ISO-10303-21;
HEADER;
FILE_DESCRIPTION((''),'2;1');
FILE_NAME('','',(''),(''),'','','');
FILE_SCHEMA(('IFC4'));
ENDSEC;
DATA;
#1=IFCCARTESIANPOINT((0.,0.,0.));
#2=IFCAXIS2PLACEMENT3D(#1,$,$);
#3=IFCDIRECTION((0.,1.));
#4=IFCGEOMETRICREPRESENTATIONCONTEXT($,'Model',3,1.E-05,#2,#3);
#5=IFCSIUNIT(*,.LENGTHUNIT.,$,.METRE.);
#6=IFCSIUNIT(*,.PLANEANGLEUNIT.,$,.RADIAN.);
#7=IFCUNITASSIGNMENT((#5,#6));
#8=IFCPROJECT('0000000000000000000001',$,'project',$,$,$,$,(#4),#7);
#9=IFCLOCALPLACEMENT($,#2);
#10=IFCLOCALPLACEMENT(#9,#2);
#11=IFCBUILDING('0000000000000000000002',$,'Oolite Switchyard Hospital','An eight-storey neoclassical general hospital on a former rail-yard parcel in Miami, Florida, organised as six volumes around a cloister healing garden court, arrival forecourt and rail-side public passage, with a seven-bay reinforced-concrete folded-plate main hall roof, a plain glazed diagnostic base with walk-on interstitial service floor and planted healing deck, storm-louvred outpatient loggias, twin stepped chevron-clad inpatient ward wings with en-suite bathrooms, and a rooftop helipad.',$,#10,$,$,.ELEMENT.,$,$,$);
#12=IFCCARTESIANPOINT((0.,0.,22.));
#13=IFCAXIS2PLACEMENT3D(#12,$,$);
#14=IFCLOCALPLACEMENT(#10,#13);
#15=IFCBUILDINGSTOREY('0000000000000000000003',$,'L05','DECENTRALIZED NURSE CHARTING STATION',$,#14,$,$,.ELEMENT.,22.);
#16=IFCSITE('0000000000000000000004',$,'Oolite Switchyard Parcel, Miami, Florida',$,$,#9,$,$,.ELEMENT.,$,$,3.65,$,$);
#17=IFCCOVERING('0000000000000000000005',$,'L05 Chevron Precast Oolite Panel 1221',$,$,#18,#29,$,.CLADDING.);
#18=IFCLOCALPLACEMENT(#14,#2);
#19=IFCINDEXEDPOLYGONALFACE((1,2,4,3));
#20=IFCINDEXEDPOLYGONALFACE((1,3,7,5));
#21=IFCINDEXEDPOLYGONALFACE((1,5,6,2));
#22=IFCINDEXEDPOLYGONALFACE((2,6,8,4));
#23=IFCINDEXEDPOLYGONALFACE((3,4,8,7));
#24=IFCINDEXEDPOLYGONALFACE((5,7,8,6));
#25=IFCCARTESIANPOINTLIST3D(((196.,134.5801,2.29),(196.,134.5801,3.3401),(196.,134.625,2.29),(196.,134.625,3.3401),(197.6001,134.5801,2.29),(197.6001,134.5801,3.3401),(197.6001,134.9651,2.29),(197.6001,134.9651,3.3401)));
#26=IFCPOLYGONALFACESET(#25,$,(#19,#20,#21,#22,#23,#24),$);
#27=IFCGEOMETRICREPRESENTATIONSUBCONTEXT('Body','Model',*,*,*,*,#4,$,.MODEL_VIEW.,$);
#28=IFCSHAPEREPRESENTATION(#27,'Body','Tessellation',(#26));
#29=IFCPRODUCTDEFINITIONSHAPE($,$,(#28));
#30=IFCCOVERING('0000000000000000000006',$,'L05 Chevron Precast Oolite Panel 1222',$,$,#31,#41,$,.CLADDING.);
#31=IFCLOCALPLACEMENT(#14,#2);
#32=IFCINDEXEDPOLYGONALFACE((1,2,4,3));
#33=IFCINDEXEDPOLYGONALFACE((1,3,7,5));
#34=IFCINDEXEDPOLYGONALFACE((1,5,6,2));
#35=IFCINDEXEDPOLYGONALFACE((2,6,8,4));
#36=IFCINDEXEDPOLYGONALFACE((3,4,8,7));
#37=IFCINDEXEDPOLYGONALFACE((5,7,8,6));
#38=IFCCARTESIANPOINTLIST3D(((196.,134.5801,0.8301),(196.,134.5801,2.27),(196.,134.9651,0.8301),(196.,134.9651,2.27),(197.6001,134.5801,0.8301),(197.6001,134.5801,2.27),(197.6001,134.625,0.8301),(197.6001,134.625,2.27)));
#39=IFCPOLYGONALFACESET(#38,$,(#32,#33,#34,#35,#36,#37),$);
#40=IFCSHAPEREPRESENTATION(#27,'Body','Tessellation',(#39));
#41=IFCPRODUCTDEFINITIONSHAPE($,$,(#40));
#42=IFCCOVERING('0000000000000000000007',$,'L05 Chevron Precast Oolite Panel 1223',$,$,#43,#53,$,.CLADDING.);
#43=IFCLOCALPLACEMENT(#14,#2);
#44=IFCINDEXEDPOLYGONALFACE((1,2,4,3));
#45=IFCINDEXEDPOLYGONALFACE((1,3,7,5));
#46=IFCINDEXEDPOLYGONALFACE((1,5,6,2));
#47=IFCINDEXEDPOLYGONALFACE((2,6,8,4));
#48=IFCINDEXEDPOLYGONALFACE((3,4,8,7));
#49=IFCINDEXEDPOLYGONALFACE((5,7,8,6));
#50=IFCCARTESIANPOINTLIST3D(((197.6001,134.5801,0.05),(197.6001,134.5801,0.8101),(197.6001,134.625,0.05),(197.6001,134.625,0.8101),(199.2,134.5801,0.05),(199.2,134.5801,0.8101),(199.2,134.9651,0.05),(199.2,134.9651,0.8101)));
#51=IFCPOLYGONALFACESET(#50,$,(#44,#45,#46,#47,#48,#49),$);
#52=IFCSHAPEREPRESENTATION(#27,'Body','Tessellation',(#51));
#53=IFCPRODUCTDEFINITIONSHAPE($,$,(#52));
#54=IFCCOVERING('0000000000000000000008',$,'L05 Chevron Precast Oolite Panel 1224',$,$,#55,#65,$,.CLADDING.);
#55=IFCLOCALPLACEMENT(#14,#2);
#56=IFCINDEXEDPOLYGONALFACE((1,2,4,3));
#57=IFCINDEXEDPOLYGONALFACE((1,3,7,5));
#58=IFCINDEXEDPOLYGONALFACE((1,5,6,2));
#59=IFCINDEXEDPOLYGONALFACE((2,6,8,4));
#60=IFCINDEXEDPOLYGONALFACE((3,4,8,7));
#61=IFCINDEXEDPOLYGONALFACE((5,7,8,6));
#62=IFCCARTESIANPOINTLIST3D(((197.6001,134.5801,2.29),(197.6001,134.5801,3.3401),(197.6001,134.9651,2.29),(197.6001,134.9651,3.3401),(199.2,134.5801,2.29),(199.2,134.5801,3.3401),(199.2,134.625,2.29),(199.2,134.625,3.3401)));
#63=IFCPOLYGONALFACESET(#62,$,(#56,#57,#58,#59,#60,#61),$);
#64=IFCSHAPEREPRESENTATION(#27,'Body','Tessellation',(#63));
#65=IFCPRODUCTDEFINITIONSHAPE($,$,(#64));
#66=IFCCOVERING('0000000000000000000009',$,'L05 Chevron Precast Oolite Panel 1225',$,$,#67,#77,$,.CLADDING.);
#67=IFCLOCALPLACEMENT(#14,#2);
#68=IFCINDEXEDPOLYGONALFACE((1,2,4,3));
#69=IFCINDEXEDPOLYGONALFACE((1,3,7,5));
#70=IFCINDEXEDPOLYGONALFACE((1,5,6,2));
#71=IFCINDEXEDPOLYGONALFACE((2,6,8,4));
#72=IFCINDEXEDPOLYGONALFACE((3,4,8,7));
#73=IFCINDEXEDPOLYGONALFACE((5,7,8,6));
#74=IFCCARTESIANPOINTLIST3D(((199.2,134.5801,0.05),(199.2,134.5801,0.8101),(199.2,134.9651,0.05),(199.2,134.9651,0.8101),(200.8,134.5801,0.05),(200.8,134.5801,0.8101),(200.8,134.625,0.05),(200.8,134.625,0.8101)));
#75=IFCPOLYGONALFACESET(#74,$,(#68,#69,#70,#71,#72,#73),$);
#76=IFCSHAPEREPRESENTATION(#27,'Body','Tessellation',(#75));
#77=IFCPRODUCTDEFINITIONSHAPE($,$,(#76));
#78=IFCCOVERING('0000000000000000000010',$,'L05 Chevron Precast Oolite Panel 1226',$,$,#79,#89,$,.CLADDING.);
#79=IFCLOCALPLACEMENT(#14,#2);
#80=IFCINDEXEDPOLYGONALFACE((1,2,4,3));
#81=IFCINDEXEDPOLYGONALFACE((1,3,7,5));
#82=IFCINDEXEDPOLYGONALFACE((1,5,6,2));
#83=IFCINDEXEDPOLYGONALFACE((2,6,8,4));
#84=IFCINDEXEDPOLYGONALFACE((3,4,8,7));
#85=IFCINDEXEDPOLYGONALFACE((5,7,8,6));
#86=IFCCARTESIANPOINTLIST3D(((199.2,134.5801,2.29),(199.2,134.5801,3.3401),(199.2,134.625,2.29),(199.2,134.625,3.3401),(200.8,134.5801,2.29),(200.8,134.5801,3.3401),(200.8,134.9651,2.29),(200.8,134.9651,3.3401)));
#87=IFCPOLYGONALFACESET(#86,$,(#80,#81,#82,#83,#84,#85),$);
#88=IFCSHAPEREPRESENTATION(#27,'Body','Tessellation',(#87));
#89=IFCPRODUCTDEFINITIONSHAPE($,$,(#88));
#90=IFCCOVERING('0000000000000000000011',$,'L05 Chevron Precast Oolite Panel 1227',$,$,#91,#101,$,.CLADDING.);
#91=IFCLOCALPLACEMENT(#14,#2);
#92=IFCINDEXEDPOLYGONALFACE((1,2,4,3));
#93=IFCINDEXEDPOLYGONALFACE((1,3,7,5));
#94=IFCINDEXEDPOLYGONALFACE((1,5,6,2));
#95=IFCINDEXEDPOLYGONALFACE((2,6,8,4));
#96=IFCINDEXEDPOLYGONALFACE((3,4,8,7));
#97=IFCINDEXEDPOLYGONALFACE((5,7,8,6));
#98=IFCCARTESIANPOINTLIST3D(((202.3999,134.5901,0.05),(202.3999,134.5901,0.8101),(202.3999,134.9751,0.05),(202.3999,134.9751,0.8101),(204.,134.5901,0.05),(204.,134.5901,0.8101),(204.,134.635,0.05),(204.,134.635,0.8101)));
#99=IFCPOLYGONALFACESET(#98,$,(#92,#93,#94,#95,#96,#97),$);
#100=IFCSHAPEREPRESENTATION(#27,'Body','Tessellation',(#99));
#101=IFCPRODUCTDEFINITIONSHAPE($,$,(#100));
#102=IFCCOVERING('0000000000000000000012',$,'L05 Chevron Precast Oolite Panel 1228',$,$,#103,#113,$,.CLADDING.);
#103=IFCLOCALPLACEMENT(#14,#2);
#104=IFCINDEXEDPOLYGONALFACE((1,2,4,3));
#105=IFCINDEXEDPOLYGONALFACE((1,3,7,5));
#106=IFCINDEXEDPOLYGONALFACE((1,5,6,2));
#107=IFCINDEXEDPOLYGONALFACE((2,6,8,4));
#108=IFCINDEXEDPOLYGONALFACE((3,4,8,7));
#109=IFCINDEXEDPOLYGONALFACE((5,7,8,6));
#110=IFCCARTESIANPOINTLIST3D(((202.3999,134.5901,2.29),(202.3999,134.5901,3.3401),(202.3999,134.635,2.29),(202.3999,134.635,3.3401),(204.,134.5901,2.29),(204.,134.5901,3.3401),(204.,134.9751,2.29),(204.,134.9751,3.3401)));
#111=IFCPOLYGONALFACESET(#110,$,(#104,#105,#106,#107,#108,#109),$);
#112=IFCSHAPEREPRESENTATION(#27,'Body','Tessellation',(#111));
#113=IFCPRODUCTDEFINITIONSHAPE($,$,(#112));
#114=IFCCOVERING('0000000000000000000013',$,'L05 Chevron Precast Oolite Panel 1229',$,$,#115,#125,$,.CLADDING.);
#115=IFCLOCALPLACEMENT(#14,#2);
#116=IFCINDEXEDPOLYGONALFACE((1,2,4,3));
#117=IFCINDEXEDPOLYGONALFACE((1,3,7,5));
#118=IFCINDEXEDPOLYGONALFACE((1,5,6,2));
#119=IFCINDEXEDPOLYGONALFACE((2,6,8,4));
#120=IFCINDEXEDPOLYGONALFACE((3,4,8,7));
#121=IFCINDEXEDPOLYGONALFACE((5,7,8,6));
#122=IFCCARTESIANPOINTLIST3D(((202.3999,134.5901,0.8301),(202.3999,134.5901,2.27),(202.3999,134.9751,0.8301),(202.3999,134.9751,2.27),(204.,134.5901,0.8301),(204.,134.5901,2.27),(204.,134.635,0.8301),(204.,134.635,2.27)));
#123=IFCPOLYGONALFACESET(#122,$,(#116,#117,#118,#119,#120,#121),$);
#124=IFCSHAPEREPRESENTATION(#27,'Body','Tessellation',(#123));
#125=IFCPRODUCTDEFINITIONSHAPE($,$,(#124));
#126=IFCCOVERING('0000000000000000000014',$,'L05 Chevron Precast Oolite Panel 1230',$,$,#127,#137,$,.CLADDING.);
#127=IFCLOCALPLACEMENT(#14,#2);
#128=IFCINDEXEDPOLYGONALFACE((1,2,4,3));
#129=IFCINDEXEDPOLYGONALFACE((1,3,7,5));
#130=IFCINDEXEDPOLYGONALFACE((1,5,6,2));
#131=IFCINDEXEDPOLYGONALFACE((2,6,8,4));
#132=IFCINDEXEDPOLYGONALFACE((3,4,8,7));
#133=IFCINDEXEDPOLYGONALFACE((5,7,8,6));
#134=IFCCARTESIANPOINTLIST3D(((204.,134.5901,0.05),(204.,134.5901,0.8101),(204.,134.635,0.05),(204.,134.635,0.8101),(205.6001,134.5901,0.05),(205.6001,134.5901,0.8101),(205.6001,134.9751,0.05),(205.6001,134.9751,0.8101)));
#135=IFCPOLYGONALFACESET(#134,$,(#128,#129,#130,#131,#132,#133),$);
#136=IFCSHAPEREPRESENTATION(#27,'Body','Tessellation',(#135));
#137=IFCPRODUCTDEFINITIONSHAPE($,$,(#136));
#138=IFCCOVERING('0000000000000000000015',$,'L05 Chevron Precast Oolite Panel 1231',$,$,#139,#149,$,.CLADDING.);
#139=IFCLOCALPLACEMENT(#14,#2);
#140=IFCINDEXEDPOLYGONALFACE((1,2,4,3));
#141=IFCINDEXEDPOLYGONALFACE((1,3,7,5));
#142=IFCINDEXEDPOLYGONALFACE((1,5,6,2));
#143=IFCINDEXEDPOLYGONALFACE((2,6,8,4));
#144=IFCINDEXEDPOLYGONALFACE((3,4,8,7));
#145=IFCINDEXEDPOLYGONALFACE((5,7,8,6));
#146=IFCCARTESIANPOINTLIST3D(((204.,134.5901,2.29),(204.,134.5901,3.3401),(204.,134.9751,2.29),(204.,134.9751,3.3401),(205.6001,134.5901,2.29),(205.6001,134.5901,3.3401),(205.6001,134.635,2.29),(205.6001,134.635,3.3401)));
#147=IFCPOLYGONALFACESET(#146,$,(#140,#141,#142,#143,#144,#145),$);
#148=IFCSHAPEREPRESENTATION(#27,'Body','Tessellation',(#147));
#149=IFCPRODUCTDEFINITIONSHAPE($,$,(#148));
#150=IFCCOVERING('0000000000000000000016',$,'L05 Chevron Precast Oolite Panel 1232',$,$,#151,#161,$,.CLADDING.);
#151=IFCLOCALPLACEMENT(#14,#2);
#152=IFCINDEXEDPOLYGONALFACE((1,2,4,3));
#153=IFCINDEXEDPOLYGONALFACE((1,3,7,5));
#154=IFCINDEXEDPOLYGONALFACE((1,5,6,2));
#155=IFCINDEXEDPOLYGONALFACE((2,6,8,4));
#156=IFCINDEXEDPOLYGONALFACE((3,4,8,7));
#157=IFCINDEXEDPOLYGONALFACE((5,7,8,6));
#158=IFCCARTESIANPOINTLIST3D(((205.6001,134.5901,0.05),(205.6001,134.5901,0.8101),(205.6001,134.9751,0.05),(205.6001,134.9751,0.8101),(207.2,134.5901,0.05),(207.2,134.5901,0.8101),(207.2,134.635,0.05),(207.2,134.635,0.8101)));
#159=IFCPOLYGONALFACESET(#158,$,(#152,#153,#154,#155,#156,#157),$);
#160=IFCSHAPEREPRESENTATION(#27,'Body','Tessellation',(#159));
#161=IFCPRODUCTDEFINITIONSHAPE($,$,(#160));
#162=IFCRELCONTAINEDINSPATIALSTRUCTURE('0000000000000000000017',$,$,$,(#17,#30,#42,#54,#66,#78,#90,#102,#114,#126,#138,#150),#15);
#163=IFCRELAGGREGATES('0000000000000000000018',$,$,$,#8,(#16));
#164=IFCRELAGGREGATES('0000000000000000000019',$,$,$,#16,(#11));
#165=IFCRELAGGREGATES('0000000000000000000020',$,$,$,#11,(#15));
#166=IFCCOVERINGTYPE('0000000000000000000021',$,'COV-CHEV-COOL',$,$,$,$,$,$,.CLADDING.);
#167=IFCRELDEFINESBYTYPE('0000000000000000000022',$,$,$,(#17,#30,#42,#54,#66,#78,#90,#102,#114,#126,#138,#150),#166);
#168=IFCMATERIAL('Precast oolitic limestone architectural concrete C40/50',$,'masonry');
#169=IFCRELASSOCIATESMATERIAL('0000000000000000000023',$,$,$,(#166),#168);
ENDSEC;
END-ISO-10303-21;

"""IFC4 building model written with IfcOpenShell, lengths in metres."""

from ifc_helpers import new_model, si_unit, direction, frame, origin, place, context, subcontext, project, spatial, polyline, outline, extrude, material, type_object, element, save


model = new_model("IFC4")

# Units and contexts
model_context = context("Model", 3, precision=1e-05, world=origin(), true_north=direction((0.0, 1.0)))
body_context = subcontext(model_context, "Body", "Model", "MODEL_VIEW")
ifc_project = project(units=[si_unit("LENGTHUNIT", "METRE"), si_unit("PLANEANGLEUNIT", "RADIAN")], contexts=[model_context])

# Site, building, storey
site_placement = place(None, origin())
site = spatial("IfcSite", under=ifc_project, at=site_placement, Name="Oolite Switchyard Parcel, Miami, Florida", CompositionType="ELEMENT", RefElevation=3.65)
building_placement = place(site_placement, origin())
building = spatial("IfcBuilding", under=site, at=building_placement, Name="Oolite Switchyard Hospital", Description="An eight-storey neoclassical general hospital on a former rail-yard parcel in Miami, Florida, organised as six volumes around a cloister healing garden court, arrival forecourt and rail-side public passage, with a seven-bay reinforced-concrete folded-plate main hall roof, a plain glazed diagnostic base with walk-on interstitial service floor and planted healing deck, storm-louvred outpatient loggias, twin stepped chevron-clad inpatient ward wings with en-suite bathrooms, and a rooftop helipad.", CompositionType="ELEMENT")
storey_placement = place(building_placement, frame((0.0, 0.0, 22.0)))
storey = spatial("IfcBuildingStorey", under=building, at=storey_placement, Name="L05", Description="DECENTRALIZED NURSE CHARTING STATION", CompositionType="ELEMENT", Elevation=22.0)

# Shared definitions
ifc_material_1 = material(Name="Precast oolitic limestone architectural concrete C40/50", Category="masonry")

# Coverings
covering_type = type_object("IfcCoveringType", Name="COV-CHEV-COOL", PredefinedType="CLADDING", material=ifc_material_1)
covering_1_placement = place(storey_placement, frame((196.0, 134.5801, 2.29), z_axis=(0.0, 0.0, 1.0), x_axis=(1.0, 0.0, 0.0)))
element("IfcCovering", 1, at=covering_1_placement, inside=storey, type_object=covering_type, Name="L05 Chevron Precast Oolite Panel 1221", PredefinedType="CLADDING", context=body_context, shape_type="SweptSolid", body=[
    extrude(outline(polyline([(0.0, 0.0), (1.6001, 0.0), (1.6001, 0.385), (0.0, 0.0449), (0.0, 0.0)])), origin(), (0.0, 0.0, 1.0), 1.05),
])
covering_2_placement = place(storey_placement, frame((196.0, 134.5801, 0.8301), z_axis=(0.0, 0.0, 1.0), x_axis=(1.0, 0.0, 0.0)))
element("IfcCovering", 2, at=covering_2_placement, inside=storey, type_object=covering_type, Name="L05 Chevron Precast Oolite Panel 1222", PredefinedType="CLADDING", context=body_context, shape_type="SweptSolid", body=[
    extrude(outline(polyline([(0.0, 0.0), (1.6001, 0.0), (1.6001, 0.0449), (0.0, 0.385), (0.0, 0.0)])), origin(), (0.0, 0.0, 1.0), 1.4399),
])
covering_3_placement = place(storey_placement, frame((197.6001, 134.5801, 0.05), z_axis=(0.0, 0.0, 1.0), x_axis=(1.0, 0.0, 0.0)))
element("IfcCovering", 3, at=covering_3_placement, inside=storey, type_object=covering_type, Name="L05 Chevron Precast Oolite Panel 1223", PredefinedType="CLADDING", context=body_context, shape_type="SweptSolid", body=[
    extrude(outline(polyline([(0.0, 0.0), (1.5999, 0.0), (1.5999, 0.385), (0.0, 0.0449), (0.0, 0.0)])), origin(), (0.0, 0.0, 1.0), 0.76),
])
covering_4_placement = place(storey_placement, frame((197.6001, 134.5801, 2.29), z_axis=(0.0, 0.0, 1.0), x_axis=(1.0, 0.0, 0.0)))
element("IfcCovering", 4, at=covering_4_placement, inside=storey, type_object=covering_type, Name="L05 Chevron Precast Oolite Panel 1224", PredefinedType="CLADDING", context=body_context, shape_type="SweptSolid", body=[
    extrude(outline(polyline([(0.0, 0.0), (1.5999, 0.0), (1.5999, 0.0449), (0.0, 0.385), (0.0, 0.0)])), origin(), (0.0, 0.0, 1.0), 1.05),
])
covering_5_placement = place(storey_placement, frame((199.2, 134.5801, 0.05), z_axis=(0.0, 0.0, 1.0), x_axis=(1.0, 0.0, 0.0)))
element("IfcCovering", 5, at=covering_5_placement, inside=storey, type_object=covering_type, Name="L05 Chevron Precast Oolite Panel 1225", PredefinedType="CLADDING", context=body_context, shape_type="SweptSolid", body=[
    extrude(outline(polyline([(0.0, 0.0), (1.6001, 0.0), (1.6001, 0.0449), (0.0, 0.385), (0.0, 0.0)])), origin(), (0.0, 0.0, 1.0), 0.76),
])
covering_6_placement = place(storey_placement, frame((199.2, 134.5801, 2.29), z_axis=(0.0, 0.0, 1.0), x_axis=(1.0, 0.0, 0.0)))
element("IfcCovering", 6, at=covering_6_placement, inside=storey, type_object=covering_type, Name="L05 Chevron Precast Oolite Panel 1226", PredefinedType="CLADDING", context=body_context, shape_type="SweptSolid", body=[
    extrude(outline(polyline([(0.0, 0.0), (1.6001, 0.0), (1.6001, 0.385), (0.0, 0.0449), (0.0, 0.0)])), origin(), (0.0, 0.0, 1.0), 1.05),
])
covering_7_placement = place(storey_placement, frame((202.3999, 134.5901, 0.05), z_axis=(0.0, 0.0, 1.0), x_axis=(1.0, 0.0, 0.0)))
element("IfcCovering", 7, at=covering_7_placement, inside=storey, type_object=covering_type, Name="L05 Chevron Precast Oolite Panel 1227", PredefinedType="CLADDING", context=body_context, shape_type="SweptSolid", body=[
    extrude(outline(polyline([(0.0, 0.0), (1.6001, 0.0), (1.6001, 0.0449), (0.0, 0.385), (0.0, 0.0)])), origin(), (0.0, 0.0, 1.0), 0.76),
])
covering_8_placement = place(storey_placement, frame((202.3999, 134.5901, 2.29), z_axis=(0.0, 0.0, 1.0), x_axis=(1.0, 0.0, 0.0)))
element("IfcCovering", 8, at=covering_8_placement, inside=storey, type_object=covering_type, Name="L05 Chevron Precast Oolite Panel 1228", PredefinedType="CLADDING", context=body_context, shape_type="SweptSolid", body=[
    extrude(outline(polyline([(0.0, 0.0), (1.6001, 0.0), (1.6001, 0.385), (0.0, 0.0449), (0.0, 0.0)])), origin(), (0.0, 0.0, 1.0), 1.05),
])
covering_9_placement = place(storey_placement, frame((202.3999, 134.5901, 0.8301), z_axis=(0.0, 0.0, 1.0), x_axis=(1.0, 0.0, 0.0)))
element("IfcCovering", 9, at=covering_9_placement, inside=storey, type_object=covering_type, Name="L05 Chevron Precast Oolite Panel 1229", PredefinedType="CLADDING", context=body_context, shape_type="SweptSolid", body=[
    extrude(outline(polyline([(0.0, 0.0), (1.6001, 0.0), (1.6001, 0.0449), (0.0, 0.385), (0.0, 0.0)])), origin(), (0.0, 0.0, 1.0), 1.4399),
])
covering_10_placement = place(storey_placement, frame((204.0, 134.5901, 0.05), z_axis=(0.0, 0.0, 1.0), x_axis=(1.0, 0.0, 0.0)))
element("IfcCovering", 10, at=covering_10_placement, inside=storey, type_object=covering_type, Name="L05 Chevron Precast Oolite Panel 1230", PredefinedType="CLADDING", context=body_context, shape_type="SweptSolid", body=[
    extrude(outline(polyline([(0.0, 0.0), (1.6001, 0.0), (1.6001, 0.385), (0.0, 0.0449), (0.0, 0.0)])), origin(), (0.0, 0.0, 1.0), 0.76),
])
covering_11_placement = place(storey_placement, frame((204.0, 134.5901, 2.29), z_axis=(0.0, 0.0, 1.0), x_axis=(1.0, 0.0, 0.0)))
element("IfcCovering", 11, at=covering_11_placement, inside=storey, type_object=covering_type, Name="L05 Chevron Precast Oolite Panel 1231", PredefinedType="CLADDING", context=body_context, shape_type="SweptSolid", body=[
    extrude(outline(polyline([(0.0, 0.0), (1.6001, 0.0), (1.6001, 0.0449), (0.0, 0.385), (0.0, 0.0)])), origin(), (0.0, 0.0, 1.0), 1.05),
])
covering_12_placement = place(storey_placement, frame((205.6001, 134.5901, 0.05), z_axis=(0.0, 0.0, 1.0), x_axis=(1.0, 0.0, 0.0)))
element("IfcCovering", 12, at=covering_12_placement, inside=storey, type_object=covering_type, Name="L05 Chevron Precast Oolite Panel 1232", PredefinedType="CLADDING", context=body_context, shape_type="SweptSolid", body=[
    extrude(outline(polyline([(0.0, 0.0), (1.5999, 0.0), (1.5999, 0.0449), (0.0, 0.385), (0.0, 0.0)])), origin(), (0.0, 0.0, 1.0), 0.76),
])

save(model, "model.ifc")
